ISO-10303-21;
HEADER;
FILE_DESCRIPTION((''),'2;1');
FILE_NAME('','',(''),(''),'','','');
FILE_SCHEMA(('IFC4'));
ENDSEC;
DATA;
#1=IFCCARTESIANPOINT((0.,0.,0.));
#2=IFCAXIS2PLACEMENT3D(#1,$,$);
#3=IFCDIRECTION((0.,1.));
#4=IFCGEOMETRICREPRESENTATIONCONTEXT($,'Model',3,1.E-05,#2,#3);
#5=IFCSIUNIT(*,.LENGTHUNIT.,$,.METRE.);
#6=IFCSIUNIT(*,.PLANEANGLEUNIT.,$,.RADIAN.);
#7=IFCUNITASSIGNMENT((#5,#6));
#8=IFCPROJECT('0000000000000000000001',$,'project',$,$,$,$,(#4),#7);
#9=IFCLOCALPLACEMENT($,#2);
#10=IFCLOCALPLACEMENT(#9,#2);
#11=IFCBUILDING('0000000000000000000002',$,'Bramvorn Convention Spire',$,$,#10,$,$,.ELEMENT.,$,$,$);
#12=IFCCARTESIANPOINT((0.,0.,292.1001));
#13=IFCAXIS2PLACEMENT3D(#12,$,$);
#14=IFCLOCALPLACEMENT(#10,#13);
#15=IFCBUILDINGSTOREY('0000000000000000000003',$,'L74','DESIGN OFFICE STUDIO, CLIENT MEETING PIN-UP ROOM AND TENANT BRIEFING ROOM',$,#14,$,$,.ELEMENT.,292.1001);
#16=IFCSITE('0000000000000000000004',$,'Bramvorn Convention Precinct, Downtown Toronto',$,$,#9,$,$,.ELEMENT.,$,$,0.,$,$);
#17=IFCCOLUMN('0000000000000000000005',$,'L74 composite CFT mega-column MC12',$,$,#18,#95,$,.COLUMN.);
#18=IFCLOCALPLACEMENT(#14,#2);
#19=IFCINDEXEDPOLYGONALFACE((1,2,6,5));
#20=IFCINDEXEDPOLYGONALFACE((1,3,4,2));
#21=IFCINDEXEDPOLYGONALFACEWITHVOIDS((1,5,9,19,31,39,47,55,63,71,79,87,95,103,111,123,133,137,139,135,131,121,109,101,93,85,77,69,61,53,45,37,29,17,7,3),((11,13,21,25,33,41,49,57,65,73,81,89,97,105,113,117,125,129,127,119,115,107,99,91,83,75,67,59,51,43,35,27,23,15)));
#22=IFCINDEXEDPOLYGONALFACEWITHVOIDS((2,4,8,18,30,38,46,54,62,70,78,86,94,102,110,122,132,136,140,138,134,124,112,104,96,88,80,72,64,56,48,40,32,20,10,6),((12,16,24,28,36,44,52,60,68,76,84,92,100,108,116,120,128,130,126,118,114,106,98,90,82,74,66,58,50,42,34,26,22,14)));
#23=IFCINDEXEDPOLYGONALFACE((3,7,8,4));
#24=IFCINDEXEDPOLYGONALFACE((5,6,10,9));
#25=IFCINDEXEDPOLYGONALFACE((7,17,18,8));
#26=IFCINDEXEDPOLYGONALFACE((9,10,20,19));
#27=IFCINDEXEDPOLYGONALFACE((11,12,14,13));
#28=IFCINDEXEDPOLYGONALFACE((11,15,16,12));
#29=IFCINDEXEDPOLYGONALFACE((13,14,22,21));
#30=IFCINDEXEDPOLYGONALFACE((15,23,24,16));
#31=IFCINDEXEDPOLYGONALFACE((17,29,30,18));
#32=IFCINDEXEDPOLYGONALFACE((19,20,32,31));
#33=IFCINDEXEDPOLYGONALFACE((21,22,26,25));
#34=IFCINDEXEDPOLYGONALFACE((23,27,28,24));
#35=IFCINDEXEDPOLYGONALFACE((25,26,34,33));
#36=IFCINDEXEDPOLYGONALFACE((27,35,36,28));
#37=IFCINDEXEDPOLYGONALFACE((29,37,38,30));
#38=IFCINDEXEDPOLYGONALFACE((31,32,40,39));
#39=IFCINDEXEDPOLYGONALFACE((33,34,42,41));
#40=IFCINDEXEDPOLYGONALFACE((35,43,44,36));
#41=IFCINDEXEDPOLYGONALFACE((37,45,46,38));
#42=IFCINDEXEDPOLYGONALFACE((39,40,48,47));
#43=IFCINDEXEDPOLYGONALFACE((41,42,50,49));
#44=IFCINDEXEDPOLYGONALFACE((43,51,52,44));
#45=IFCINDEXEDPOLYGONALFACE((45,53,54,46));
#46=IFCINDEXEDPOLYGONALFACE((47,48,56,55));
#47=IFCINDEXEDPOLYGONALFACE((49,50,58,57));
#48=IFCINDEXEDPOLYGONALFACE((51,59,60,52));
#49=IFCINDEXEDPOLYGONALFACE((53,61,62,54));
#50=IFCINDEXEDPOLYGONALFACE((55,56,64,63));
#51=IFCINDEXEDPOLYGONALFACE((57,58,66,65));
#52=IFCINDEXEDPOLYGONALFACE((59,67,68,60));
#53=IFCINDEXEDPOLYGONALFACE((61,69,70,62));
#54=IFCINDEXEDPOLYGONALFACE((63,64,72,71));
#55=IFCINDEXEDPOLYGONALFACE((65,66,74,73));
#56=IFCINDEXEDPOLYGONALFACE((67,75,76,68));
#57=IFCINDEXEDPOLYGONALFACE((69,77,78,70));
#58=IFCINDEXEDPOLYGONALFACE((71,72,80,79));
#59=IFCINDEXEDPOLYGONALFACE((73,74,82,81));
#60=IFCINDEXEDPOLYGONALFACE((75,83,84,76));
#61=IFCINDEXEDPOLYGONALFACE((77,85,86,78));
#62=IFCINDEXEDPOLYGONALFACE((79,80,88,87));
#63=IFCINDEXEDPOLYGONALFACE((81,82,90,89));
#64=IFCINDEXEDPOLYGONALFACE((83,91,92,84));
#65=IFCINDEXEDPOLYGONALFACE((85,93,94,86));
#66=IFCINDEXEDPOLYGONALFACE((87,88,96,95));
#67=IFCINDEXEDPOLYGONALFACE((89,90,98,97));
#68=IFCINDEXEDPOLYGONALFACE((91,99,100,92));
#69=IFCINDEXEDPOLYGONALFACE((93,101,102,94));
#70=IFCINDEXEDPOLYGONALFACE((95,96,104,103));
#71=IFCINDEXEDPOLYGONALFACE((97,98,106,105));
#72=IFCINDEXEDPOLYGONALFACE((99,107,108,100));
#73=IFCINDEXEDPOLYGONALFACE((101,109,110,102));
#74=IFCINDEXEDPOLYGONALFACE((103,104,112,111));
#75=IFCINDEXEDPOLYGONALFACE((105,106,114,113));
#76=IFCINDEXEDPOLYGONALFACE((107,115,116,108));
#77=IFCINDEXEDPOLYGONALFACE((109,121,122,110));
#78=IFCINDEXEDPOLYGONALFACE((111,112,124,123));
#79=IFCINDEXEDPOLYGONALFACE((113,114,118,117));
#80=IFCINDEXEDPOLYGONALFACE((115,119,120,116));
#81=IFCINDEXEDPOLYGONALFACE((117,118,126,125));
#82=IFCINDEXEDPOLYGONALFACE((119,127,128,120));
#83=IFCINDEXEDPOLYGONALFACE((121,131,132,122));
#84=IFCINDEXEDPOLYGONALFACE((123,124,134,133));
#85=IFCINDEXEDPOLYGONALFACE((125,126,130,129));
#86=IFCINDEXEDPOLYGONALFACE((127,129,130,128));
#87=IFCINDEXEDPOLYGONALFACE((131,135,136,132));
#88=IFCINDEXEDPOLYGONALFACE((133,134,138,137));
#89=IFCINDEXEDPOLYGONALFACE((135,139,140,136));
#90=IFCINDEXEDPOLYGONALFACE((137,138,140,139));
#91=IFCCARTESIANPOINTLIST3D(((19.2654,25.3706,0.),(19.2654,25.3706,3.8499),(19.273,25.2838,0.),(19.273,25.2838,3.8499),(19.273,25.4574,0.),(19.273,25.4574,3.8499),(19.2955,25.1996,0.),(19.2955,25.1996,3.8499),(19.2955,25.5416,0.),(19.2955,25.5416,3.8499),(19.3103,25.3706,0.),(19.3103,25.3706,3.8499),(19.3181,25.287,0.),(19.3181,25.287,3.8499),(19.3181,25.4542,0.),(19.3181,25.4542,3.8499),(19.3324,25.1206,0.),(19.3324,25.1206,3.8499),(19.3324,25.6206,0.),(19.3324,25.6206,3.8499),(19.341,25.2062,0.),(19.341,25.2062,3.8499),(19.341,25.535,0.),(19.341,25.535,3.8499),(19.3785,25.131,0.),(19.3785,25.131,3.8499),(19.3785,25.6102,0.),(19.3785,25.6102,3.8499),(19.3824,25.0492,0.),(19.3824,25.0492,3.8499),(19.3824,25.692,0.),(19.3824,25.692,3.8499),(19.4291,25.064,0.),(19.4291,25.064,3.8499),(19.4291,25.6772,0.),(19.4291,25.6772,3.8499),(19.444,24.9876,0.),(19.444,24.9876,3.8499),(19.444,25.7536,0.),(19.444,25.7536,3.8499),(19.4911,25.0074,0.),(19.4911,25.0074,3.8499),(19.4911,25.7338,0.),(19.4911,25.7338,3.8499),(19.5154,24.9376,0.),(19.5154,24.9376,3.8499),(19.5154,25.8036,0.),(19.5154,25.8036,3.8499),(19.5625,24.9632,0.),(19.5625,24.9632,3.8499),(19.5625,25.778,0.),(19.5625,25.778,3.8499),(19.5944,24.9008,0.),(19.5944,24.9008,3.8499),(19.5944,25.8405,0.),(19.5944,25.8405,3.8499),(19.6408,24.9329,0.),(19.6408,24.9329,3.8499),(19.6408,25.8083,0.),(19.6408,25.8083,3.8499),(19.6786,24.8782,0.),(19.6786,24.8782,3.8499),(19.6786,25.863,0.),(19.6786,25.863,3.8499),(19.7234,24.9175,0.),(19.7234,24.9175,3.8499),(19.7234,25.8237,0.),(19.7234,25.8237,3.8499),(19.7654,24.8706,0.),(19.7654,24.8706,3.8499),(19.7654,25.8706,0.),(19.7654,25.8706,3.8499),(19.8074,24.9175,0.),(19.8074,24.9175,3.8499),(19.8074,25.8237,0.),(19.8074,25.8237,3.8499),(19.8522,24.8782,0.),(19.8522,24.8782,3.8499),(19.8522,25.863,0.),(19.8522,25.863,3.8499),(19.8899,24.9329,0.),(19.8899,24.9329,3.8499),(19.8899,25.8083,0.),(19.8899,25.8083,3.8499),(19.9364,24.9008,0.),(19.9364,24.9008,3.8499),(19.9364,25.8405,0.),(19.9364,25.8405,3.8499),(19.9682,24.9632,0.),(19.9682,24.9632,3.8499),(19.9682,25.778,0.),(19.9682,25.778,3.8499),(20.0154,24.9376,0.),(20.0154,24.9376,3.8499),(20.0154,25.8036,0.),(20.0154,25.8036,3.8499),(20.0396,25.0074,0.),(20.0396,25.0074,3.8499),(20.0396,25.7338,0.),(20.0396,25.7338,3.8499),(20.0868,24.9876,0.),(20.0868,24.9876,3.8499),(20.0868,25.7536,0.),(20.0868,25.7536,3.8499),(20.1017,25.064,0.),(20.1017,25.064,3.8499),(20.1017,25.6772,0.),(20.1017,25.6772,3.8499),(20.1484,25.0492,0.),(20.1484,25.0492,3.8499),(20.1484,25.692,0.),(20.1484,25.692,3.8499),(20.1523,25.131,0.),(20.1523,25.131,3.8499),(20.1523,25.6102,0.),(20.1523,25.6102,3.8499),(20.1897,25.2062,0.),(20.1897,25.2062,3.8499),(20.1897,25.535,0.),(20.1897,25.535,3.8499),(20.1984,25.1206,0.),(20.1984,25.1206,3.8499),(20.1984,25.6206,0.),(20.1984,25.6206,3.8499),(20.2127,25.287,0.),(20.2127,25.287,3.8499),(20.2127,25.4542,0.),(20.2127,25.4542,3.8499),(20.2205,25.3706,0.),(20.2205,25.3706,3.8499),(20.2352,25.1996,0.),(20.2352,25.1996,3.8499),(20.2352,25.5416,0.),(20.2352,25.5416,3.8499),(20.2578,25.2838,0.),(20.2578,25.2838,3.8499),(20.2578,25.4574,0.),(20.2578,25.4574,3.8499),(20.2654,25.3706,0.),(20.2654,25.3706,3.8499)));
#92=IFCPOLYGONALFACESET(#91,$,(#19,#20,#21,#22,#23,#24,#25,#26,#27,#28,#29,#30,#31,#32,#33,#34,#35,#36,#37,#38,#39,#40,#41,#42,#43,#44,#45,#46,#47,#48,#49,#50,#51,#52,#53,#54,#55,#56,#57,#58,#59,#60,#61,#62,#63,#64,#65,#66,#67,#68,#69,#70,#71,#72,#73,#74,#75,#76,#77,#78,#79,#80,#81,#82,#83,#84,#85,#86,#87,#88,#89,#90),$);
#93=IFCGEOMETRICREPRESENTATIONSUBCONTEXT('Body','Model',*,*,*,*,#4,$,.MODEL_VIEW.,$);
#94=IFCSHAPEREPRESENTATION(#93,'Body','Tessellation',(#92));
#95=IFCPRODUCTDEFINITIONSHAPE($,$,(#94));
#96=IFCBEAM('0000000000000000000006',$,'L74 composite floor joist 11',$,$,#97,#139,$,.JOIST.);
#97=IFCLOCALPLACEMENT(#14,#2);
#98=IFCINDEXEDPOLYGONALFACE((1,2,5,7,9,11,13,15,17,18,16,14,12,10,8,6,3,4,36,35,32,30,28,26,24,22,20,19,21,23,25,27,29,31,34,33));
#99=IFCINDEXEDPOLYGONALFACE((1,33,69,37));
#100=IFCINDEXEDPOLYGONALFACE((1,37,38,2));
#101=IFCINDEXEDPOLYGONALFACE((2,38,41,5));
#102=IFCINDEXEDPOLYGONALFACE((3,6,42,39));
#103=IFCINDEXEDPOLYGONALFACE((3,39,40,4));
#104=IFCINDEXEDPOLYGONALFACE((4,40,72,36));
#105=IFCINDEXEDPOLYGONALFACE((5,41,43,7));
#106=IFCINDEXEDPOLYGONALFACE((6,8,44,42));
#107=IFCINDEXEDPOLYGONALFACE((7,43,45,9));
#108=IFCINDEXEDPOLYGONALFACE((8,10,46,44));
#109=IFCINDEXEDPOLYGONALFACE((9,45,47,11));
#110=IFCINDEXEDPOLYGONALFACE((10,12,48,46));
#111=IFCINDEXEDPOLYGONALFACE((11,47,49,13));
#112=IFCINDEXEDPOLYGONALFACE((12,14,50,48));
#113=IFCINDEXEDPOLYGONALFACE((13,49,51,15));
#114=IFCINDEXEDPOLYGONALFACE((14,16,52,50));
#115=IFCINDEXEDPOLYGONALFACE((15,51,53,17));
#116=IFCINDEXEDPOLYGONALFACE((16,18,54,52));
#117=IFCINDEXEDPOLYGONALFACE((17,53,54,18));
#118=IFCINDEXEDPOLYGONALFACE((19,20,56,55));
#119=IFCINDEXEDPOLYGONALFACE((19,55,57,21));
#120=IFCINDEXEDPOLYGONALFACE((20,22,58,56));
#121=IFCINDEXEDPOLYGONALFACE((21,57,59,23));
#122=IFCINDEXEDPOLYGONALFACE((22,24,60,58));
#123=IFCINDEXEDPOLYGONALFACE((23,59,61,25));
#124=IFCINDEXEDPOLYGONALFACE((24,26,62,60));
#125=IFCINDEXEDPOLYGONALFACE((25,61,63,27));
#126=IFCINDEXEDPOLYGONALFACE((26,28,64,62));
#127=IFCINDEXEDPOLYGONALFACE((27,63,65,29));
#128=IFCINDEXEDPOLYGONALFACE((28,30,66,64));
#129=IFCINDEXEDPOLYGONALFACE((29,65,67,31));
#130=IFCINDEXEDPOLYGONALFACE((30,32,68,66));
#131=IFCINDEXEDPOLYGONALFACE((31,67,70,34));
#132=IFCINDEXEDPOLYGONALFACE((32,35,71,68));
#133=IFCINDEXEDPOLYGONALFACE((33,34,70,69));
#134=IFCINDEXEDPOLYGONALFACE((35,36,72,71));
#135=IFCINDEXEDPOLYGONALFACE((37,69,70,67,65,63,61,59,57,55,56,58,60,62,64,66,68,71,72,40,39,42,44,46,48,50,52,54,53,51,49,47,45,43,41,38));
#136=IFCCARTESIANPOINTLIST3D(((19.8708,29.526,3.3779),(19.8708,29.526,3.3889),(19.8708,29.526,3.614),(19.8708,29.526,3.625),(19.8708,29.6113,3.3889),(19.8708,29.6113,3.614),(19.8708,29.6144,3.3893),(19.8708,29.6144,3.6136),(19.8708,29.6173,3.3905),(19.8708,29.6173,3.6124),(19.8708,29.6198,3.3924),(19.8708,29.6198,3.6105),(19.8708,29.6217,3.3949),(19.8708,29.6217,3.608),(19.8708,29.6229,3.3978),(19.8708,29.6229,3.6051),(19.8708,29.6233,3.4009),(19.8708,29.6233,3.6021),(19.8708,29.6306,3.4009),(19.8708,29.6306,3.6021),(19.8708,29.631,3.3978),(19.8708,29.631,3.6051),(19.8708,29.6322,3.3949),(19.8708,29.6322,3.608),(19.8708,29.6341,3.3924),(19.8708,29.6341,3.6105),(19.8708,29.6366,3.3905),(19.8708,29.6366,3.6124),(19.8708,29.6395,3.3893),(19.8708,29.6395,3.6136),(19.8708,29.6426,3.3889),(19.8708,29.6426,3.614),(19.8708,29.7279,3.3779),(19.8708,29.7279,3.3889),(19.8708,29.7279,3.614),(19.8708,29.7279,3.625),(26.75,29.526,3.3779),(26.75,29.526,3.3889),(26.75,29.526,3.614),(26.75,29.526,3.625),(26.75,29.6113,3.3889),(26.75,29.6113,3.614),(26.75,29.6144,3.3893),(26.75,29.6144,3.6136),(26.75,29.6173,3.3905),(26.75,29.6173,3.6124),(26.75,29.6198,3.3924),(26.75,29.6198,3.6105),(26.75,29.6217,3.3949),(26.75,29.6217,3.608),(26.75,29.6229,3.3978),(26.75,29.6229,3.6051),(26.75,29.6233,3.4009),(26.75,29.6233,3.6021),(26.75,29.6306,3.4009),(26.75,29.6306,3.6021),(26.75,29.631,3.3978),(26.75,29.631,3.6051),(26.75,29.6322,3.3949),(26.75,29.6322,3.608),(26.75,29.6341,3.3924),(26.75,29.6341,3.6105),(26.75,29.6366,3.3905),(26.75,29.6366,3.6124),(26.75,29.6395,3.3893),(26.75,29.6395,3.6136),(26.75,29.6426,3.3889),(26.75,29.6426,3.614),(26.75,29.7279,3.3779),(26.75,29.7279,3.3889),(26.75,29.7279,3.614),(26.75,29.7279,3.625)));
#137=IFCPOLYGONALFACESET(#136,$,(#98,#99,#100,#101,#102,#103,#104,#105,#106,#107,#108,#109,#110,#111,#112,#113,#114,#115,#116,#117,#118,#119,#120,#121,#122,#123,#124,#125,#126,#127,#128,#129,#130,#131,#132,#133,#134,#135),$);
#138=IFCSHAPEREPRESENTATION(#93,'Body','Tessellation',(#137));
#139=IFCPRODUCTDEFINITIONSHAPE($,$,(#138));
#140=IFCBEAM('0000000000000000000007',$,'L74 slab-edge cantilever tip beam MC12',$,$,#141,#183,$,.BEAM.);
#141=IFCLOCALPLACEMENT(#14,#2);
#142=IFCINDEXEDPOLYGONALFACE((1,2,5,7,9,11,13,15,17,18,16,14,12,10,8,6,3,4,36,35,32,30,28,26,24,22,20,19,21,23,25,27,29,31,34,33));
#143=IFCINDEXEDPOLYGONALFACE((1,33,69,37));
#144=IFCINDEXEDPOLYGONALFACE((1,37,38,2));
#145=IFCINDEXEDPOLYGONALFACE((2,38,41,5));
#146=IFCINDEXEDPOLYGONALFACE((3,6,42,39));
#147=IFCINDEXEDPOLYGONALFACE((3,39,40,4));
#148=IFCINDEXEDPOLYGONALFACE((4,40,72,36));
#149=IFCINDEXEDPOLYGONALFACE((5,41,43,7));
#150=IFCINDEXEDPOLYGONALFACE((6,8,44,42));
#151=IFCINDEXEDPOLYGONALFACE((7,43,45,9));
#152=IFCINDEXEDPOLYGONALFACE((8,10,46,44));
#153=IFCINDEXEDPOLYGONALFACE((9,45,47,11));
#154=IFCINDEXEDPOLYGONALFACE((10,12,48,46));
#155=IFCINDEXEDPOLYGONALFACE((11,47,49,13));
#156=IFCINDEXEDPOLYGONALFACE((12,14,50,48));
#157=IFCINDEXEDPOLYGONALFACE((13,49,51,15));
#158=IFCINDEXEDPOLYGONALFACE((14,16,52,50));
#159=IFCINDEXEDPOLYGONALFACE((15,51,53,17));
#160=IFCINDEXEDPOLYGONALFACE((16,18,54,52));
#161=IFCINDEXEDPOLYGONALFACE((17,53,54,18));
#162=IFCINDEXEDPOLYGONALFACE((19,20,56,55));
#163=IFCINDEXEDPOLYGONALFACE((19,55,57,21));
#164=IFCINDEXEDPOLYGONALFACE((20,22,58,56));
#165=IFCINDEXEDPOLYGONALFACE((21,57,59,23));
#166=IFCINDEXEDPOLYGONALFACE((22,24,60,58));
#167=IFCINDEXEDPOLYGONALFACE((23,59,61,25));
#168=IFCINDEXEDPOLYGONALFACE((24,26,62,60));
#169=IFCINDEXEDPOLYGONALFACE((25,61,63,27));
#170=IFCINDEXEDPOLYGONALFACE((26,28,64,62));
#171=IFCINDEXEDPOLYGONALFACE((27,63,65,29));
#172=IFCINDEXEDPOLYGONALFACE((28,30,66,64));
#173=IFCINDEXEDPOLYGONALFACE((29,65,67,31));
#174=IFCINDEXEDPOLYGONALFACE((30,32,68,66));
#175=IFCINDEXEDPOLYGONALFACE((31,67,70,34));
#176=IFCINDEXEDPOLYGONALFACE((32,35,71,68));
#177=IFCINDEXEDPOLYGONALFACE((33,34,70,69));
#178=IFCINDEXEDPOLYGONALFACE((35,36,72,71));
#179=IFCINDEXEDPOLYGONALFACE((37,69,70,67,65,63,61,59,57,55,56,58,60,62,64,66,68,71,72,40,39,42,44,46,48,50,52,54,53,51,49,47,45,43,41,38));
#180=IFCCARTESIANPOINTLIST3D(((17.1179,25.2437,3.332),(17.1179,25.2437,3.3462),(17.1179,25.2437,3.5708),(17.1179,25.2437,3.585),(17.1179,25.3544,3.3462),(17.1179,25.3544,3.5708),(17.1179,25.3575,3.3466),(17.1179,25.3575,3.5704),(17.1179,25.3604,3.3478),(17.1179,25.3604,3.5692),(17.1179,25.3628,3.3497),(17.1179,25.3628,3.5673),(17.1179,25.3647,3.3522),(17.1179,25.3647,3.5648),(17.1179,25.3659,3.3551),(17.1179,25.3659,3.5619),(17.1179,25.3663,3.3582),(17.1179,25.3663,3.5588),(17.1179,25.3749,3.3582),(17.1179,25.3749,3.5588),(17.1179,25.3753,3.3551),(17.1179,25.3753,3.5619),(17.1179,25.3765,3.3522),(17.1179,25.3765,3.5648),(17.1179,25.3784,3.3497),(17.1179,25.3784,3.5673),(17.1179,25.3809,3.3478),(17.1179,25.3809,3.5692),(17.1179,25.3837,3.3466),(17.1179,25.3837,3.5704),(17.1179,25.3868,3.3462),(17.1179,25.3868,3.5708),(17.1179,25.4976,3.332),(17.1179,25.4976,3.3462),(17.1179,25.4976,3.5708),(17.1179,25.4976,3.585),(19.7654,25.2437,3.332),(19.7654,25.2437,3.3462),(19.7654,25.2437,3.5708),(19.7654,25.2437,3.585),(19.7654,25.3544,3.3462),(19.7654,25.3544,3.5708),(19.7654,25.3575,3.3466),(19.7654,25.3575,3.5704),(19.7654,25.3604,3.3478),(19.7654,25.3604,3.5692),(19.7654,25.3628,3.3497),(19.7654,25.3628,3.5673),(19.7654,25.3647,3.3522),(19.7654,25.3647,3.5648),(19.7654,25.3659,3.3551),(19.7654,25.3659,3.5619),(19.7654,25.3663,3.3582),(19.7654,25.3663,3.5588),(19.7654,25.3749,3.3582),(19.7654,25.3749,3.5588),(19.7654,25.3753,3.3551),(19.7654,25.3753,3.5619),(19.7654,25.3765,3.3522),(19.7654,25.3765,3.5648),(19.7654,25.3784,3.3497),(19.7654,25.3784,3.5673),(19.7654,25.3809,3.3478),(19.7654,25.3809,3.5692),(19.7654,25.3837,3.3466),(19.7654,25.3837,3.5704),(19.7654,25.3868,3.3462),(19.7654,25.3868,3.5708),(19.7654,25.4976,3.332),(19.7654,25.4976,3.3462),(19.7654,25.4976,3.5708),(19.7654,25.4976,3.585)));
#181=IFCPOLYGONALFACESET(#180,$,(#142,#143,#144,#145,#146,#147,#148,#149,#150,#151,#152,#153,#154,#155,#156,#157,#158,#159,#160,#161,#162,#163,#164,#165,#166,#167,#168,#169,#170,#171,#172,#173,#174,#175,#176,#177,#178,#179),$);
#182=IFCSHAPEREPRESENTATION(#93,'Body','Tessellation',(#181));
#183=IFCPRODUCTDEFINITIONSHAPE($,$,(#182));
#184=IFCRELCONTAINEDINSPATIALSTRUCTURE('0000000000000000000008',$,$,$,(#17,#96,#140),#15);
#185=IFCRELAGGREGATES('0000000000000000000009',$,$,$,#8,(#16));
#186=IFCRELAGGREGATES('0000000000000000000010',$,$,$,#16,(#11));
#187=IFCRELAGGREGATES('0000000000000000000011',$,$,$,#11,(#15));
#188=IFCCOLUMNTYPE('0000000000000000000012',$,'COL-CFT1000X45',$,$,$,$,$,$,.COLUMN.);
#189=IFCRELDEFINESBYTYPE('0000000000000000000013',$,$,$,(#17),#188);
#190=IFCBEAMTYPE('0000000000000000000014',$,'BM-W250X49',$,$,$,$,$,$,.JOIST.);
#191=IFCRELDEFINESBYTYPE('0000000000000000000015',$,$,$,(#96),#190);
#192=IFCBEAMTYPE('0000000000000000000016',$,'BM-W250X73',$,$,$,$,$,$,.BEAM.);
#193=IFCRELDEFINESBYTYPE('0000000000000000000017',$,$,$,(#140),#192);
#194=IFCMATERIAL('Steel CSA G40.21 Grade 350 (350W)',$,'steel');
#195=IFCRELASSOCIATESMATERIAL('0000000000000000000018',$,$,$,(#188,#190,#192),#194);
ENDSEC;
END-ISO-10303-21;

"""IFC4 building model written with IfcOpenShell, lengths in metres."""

from ifc_helpers import new_model, si_unit, direction, frame, origin, origin_2d, place, context, subcontext, project, spatial, hollow_circle, i_section, extrude, material, material_profile, profile_set, type_object, element, save


model = new_model("IFC4")

# Units and contexts
model_context = context("Model", 3, precision=1e-05, world=origin(), true_north=direction((0.0, 1.0)))
body_context = subcontext(model_context, "Body", "Model", "MODEL_VIEW")
ifc_project = project(units=[si_unit("LENGTHUNIT", "METRE"), si_unit("PLANEANGLEUNIT", "RADIAN")], contexts=[model_context])

# Site, building, storey
site_placement = place(None, origin())
site = spatial("IfcSite", under=ifc_project, at=site_placement, Name="Bramvorn Convention Precinct, Downtown Toronto", CompositionType="ELEMENT", RefElevation=0.0)
building_placement = place(site_placement, origin())
building = spatial("IfcBuilding", under=site, at=building_placement, Name="Bramvorn Convention Spire", CompositionType="ELEMENT")
storey_placement = place(building_placement, frame((0.0, 0.0, 292.1001)))
storey = spatial("IfcBuildingStorey", under=building, at=storey_placement, Name="L74", Description="DESIGN OFFICE STUDIO, CLIENT MEETING PIN-UP ROOM AND TENANT BRIEFING ROOM", CompositionType="ELEMENT", Elevation=292.1001)

# Column
ifc_material_1 = material(Name="Steel CSA G40.21 Grade 350 (350W)", Category="steel")
ifc_material_profile_1 = material_profile(ifc_material_1, hollow_circle(Radius=0.5, WallThickness=0.0449, at=origin_2d()))
ifc_profile_set_1 = profile_set([ifc_material_profile_1], Name="Steel CSA G40.21 Grade 350 (350W) - CFT1000X45")
column_type = type_object("IfcColumnType", Name="COL-CFT1000X45", PredefinedType="COLUMN", material=ifc_profile_set_1)
column_placement = place(storey_placement, frame((19.7654, 25.3706, 0.0), z_axis=(0.0, 0.0, 1.0), x_axis=(1.0, 0.0, 0.0)))
element("IfcColumn", 1, at=column_placement, inside=storey, type_object=column_type, Name="L74 composite CFT mega-column MC12", PredefinedType="COLUMN", context=body_context, shape_type="SweptSolid", body=[
    extrude(hollow_circle(Radius=0.5, WallThickness=0.0449, at=origin_2d()), origin(), (0.0, 0.0, 1.0), 3.8499),
])

# Beams
ifc_material_profile_2 = material_profile(ifc_material_1, i_section(OverallWidth=0.2019, OverallDepth=0.2471, WebThickness=0.0073, FlangeThickness=0.011, FilletRadius=0.012, at=origin_2d()))
ifc_profile_set_2 = profile_set([ifc_material_profile_2], Name="Steel CSA G40.21 Grade 350 (350W) - W250X49")
beam_type_1 = type_object("IfcBeamType", Name="BM-W250X49", PredefinedType="JOIST", material=ifc_profile_set_2)
beam_1_placement = place(storey_placement, frame((26.75, 29.627, 3.5015), z_axis=(-1.0, 0.0, 0.0), x_axis=(0.0, -1.0, 0.0)))
element("IfcBeam", 2, at=beam_1_placement, inside=storey, type_object=beam_type_1, Name="L74 composite floor joist 11", PredefinedType="JOIST", context=body_context, shape_type="SweptSolid", body=[
    extrude(i_section(OverallWidth=0.2019, OverallDepth=0.2471, WebThickness=0.0073, FlangeThickness=0.011, FilletRadius=0.012, at=origin_2d()), origin(), (0.0, 0.0, 1.0), 6.8792),
])
ifc_material_profile_3 = material_profile(ifc_material_1, i_section(OverallWidth=0.2539, OverallDepth=0.2529, WebThickness=0.0085, FlangeThickness=0.0142, FilletRadius=0.012, at=origin_2d()))
ifc_profile_set_3 = profile_set([ifc_material_profile_3], Name="Steel CSA G40.21 Grade 350 (350W) - W250X73")
beam_type_2 = type_object("IfcBeamType", Name="BM-W250X73", PredefinedType="BEAM", material=ifc_profile_set_3)
beam_2_placement = place(storey_placement, frame((19.7654, 25.3706, 3.4585), z_axis=(-1.0, 0.0, 0.0), x_axis=(0.0, -1.0, 0.0)))
element("IfcBeam", 3, at=beam_2_placement, inside=storey, type_object=beam_type_2, Name="L74 slab-edge cantilever tip beam MC12", PredefinedType="BEAM", context=body_context, shape_type="SweptSolid", body=[
    extrude(i_section(OverallWidth=0.2539, OverallDepth=0.2529, WebThickness=0.0085, FlangeThickness=0.0142, FilletRadius=0.012, at=origin_2d()), origin(), (0.0, 0.0, 1.0), 2.6475),
])

save(model, "model.ifc")
